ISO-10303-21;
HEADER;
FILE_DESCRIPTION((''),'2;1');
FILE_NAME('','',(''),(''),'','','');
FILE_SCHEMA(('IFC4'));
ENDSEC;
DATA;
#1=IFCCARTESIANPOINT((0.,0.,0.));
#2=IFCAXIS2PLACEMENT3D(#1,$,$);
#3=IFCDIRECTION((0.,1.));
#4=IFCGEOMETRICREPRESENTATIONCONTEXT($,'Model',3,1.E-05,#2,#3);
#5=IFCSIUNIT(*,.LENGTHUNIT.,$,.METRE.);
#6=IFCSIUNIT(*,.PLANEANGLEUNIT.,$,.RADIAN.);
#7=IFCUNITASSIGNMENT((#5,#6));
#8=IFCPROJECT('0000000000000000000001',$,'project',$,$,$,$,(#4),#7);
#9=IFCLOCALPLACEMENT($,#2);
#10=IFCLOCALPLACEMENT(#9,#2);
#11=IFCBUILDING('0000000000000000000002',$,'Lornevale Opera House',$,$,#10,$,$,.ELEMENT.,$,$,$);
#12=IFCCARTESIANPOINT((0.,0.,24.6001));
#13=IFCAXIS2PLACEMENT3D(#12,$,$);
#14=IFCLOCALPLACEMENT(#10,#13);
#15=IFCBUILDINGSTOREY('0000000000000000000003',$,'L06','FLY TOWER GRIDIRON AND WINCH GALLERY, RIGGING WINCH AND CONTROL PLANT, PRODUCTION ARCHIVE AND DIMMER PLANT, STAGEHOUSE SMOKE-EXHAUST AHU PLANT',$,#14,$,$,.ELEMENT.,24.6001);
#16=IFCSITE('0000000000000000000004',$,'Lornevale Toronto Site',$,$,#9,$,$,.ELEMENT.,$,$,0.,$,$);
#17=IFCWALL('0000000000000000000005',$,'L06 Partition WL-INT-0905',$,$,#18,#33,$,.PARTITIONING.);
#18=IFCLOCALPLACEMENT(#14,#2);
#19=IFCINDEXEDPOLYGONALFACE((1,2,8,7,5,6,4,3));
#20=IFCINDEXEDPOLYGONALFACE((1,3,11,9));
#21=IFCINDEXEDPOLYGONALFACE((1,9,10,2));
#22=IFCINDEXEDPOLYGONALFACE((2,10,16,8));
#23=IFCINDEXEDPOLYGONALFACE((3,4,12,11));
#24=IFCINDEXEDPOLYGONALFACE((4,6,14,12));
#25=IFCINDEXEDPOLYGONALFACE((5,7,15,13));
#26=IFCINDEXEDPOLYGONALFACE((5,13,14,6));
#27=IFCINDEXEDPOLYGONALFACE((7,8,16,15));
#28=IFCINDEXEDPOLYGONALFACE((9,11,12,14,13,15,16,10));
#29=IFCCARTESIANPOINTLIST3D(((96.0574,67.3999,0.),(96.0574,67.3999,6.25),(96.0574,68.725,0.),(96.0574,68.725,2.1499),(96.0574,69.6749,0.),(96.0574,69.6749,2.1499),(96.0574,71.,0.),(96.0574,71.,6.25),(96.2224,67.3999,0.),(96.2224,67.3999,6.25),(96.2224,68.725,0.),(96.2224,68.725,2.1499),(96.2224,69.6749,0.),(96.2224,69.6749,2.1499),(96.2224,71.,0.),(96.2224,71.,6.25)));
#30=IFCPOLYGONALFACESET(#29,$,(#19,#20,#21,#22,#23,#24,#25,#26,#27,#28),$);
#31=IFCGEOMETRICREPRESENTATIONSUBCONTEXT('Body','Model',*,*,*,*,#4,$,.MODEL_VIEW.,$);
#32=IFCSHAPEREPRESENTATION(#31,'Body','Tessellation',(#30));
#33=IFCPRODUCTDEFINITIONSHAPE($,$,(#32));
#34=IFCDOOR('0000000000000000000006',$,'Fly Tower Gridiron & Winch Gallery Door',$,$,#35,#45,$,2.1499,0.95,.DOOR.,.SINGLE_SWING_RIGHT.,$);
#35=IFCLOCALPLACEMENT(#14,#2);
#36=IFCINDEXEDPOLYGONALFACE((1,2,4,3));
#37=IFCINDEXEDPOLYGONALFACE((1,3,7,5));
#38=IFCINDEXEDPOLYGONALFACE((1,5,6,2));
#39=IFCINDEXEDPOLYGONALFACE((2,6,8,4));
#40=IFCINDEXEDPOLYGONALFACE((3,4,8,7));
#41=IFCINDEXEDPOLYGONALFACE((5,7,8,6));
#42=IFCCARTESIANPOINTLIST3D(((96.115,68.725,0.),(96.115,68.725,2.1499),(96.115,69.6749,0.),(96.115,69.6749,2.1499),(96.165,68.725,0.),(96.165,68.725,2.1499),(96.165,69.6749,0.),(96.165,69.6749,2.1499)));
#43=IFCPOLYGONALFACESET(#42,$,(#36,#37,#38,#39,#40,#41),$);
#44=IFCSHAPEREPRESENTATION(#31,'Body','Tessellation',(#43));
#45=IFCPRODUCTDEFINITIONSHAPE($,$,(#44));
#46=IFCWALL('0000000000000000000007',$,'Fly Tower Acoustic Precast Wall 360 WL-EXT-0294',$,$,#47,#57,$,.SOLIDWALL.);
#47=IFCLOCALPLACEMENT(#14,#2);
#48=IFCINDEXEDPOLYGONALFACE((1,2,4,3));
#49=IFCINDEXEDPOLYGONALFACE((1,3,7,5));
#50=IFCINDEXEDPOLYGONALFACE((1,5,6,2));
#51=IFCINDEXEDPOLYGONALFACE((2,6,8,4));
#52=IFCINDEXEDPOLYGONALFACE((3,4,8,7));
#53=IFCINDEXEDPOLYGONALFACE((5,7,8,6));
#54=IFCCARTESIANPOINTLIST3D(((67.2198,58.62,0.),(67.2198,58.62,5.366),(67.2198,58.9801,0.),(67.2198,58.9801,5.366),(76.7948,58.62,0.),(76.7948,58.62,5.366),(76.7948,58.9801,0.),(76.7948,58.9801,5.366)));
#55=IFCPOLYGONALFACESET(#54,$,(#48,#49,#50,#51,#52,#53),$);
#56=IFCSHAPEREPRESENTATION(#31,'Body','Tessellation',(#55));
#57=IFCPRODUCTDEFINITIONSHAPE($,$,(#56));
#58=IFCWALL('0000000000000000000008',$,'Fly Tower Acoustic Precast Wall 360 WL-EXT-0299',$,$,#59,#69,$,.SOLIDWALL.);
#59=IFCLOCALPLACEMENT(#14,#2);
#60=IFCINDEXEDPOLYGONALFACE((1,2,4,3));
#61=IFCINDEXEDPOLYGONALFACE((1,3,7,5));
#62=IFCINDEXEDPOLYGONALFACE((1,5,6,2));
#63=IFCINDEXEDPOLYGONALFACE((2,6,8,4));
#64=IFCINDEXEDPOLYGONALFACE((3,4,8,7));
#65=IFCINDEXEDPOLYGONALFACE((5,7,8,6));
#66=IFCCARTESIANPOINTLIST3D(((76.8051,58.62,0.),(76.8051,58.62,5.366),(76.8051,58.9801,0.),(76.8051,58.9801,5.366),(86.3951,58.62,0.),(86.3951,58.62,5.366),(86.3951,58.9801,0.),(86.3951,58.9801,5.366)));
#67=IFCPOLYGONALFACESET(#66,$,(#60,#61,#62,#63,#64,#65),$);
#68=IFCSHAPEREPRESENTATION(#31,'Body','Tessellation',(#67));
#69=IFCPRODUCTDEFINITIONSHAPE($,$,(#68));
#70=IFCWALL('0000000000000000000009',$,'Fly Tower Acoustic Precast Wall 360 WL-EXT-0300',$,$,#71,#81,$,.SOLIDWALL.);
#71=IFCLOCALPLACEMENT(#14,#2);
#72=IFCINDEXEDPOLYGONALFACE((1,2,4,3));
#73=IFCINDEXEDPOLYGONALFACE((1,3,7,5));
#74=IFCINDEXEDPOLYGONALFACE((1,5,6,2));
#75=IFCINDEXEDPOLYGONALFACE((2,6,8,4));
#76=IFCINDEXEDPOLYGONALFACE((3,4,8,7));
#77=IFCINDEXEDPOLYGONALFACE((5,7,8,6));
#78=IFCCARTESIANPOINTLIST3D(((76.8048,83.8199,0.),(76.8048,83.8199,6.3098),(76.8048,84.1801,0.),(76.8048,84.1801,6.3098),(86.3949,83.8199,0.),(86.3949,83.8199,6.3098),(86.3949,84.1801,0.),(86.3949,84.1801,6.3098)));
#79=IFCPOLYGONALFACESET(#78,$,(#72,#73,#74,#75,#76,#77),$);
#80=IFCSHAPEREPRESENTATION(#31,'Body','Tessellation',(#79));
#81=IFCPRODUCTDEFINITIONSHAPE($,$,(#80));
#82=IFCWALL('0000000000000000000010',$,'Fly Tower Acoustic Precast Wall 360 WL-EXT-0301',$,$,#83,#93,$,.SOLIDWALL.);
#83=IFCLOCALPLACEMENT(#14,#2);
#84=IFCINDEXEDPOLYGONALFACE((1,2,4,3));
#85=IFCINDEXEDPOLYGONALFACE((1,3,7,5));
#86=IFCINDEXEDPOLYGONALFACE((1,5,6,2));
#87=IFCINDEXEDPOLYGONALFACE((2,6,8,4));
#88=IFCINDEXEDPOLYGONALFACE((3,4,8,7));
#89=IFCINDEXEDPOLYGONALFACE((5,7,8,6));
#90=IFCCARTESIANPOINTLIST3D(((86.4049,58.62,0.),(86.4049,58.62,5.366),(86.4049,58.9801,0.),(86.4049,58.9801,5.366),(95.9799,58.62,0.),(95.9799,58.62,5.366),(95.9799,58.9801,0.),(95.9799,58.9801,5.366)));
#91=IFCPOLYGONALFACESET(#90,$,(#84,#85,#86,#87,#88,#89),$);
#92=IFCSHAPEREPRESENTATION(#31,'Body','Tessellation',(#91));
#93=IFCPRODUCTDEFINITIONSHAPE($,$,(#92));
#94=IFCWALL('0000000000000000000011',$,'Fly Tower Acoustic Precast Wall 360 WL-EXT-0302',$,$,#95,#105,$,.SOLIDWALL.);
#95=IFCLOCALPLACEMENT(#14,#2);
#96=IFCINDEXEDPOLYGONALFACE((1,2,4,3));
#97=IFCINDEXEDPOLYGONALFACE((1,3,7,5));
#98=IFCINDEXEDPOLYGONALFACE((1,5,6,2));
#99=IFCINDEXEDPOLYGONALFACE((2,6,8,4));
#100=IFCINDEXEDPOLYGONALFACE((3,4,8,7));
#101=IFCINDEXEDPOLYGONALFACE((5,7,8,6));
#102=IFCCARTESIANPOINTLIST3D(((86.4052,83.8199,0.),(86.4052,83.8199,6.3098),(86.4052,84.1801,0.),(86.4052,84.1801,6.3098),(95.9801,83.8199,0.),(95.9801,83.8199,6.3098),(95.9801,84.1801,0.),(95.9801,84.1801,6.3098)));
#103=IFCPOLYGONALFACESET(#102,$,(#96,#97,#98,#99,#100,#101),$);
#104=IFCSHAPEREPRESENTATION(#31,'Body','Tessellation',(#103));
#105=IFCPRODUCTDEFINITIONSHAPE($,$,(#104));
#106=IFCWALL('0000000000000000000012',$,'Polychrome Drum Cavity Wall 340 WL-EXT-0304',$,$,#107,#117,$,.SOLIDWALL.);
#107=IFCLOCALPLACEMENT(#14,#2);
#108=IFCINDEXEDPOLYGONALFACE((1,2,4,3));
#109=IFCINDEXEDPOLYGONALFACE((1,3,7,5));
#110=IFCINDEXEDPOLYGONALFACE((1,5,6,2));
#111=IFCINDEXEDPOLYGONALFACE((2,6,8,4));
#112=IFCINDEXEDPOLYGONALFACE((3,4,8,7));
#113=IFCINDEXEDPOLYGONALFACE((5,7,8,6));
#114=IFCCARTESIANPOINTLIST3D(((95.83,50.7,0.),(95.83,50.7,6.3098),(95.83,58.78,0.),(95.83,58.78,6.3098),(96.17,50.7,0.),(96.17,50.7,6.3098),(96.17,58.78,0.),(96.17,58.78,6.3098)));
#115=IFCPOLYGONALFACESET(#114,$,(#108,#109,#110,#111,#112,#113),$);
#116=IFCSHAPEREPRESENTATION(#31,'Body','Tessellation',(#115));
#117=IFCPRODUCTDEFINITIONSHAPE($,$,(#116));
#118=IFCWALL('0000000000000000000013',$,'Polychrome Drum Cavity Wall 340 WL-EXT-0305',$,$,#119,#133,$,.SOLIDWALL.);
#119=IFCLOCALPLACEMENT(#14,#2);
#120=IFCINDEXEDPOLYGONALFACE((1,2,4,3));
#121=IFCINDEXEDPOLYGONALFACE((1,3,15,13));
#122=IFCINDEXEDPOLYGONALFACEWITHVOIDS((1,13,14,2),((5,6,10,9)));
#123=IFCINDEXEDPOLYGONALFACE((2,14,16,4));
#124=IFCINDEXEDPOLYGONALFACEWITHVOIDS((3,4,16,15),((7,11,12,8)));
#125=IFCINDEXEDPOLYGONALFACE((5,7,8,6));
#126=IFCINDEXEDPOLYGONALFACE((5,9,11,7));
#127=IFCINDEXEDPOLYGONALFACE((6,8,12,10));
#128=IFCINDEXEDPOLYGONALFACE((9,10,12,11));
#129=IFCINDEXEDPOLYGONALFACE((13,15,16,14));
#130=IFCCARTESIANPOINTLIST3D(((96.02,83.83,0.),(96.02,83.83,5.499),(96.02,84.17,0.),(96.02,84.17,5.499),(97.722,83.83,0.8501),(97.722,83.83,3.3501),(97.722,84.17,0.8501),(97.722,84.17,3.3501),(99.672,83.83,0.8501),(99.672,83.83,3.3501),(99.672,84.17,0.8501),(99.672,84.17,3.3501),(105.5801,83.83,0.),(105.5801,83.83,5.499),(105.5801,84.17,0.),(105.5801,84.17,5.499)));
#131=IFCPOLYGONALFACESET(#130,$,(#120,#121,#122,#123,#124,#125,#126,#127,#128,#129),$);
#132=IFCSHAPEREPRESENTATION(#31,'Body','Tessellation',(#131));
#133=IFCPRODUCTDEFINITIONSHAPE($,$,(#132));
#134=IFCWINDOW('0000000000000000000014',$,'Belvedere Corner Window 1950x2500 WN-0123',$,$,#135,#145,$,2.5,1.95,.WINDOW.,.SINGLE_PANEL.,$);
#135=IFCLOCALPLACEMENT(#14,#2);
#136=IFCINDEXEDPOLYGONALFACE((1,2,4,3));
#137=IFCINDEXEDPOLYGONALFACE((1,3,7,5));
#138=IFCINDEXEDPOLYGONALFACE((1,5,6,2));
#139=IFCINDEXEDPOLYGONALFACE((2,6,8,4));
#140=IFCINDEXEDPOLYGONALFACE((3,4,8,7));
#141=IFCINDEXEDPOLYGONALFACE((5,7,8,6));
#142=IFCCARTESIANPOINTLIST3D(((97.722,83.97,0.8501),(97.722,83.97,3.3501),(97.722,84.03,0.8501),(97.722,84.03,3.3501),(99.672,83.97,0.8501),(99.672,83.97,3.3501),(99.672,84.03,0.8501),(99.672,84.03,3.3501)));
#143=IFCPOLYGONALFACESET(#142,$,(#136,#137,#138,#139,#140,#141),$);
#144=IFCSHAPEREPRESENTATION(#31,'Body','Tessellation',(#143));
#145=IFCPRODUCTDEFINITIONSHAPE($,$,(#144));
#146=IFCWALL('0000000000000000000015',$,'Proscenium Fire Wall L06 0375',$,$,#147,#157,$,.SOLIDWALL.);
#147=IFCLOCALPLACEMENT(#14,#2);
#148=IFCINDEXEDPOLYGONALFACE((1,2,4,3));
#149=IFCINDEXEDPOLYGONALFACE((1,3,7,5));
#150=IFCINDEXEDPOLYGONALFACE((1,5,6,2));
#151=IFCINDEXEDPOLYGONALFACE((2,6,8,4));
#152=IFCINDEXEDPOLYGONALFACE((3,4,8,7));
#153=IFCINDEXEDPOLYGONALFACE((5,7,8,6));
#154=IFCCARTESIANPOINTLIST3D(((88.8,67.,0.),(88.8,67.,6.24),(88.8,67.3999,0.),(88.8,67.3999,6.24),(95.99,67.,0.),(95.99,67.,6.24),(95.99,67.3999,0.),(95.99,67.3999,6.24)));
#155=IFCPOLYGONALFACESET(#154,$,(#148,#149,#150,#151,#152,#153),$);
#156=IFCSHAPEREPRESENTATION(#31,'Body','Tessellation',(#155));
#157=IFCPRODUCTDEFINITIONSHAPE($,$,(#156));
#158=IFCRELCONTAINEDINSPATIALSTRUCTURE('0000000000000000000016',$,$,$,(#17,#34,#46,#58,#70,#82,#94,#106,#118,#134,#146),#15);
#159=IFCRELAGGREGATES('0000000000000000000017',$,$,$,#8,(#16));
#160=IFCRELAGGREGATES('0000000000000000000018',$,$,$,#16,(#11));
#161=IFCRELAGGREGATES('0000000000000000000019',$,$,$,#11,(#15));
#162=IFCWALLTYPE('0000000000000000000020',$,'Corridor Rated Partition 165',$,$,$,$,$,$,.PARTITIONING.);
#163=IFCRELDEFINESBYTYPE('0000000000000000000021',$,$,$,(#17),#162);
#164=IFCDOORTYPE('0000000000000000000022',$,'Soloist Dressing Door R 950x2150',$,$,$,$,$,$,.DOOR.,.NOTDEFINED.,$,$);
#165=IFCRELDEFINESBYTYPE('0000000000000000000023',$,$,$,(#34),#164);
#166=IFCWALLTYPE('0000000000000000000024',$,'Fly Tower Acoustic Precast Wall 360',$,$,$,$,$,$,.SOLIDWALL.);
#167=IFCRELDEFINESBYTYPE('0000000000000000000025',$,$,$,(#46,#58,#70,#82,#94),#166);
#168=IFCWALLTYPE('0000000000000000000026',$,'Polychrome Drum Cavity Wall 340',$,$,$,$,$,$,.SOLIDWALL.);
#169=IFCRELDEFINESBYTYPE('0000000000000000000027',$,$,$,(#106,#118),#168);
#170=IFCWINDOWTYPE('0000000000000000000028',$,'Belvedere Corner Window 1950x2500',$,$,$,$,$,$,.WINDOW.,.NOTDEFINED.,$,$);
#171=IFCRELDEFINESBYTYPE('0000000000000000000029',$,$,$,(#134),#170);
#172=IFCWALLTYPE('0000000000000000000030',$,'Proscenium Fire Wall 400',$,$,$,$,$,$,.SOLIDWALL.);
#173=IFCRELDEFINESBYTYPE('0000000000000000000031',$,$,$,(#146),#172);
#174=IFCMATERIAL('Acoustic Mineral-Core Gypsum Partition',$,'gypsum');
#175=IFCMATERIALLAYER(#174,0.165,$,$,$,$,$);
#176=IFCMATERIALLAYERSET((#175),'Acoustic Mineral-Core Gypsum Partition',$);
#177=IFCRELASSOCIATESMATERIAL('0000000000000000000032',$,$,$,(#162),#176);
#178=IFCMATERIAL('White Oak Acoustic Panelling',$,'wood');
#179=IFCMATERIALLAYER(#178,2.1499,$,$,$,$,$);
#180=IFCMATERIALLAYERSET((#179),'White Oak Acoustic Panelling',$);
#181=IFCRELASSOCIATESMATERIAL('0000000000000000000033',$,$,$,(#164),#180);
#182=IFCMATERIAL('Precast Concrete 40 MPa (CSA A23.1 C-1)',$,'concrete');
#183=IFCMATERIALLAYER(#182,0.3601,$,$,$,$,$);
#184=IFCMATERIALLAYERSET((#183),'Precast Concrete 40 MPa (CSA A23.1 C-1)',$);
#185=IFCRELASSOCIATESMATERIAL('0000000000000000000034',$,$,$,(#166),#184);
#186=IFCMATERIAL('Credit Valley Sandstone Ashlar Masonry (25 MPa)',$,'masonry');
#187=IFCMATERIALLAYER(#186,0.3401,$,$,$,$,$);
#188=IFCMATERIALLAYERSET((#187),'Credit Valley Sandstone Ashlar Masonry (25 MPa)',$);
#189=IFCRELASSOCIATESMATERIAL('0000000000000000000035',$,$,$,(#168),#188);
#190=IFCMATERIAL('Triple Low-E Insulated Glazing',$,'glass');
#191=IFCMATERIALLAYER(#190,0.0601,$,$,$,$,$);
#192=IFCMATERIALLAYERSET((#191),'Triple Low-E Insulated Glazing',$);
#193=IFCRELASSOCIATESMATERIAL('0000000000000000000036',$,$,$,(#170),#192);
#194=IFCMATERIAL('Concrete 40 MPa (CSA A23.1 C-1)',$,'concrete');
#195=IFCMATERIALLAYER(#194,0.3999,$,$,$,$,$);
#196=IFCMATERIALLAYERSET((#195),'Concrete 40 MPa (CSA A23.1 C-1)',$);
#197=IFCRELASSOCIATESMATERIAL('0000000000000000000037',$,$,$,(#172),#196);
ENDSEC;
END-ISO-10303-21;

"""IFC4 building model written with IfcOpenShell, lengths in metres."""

from ifc_helpers import new_model, si_unit, direction, frame, frame_2d, origin, place, context, subcontext, project, spatial, rectangle, extrude, material, layer, layer_set, type_object, element, fill, save


model = new_model("IFC4")

# Units and contexts
model_context = context("Model", 3, precision=1e-05, world=origin(), true_north=direction((0.0, 1.0)))
body_context = subcontext(model_context, "Body", "Model", "MODEL_VIEW")
ifc_project = project(units=[si_unit("LENGTHUNIT", "METRE"), si_unit("PLANEANGLEUNIT", "RADIAN")], contexts=[model_context])

# Site, building, storey
site_placement = place(None, origin())
site = spatial("IfcSite", under=ifc_project, at=site_placement, Name="Lornevale Toronto Site", CompositionType="ELEMENT", RefElevation=0.0)
building_placement = place(site_placement, origin())
building = spatial("IfcBuilding", under=site, at=building_placement, Name="Lornevale Opera House", CompositionType="ELEMENT")
storey_placement = place(building_placement, frame((0.0, 0.0, 24.6001)))
storey = spatial("IfcBuildingStorey", under=building, at=storey_placement, Name="L06", Description="FLY TOWER GRIDIRON AND WINCH GALLERY, RIGGING WINCH AND CONTROL PLANT, PRODUCTION ARCHIVE AND DIMMER PLANT, STAGEHOUSE SMOKE-EXHAUST AHU PLANT", CompositionType="ELEMENT", Elevation=24.6001)

# Wall, opening, door
ifc_material_1 = material(Name="Acoustic Mineral-Core Gypsum Partition", Category="gypsum")
ifc_layer_1 = layer(ifc_material_1, 0.165)
ifc_layer_set_1 = layer_set([ifc_layer_1], Name="Acoustic Mineral-Core Gypsum Partition")
wall_type_1 = type_object("IfcWallType", Name="Corridor Rated Partition 165", PredefinedType="PARTITIONING", material=ifc_layer_set_1)
wall_1_placement = place(storey_placement, frame((96.1399, 67.3999, 0.0), z_axis=(0.0, 0.0, 1.0), x_axis=(0.0, 1.0, 0.0)))
wall_1 = element("IfcWall", 1, at=wall_1_placement, inside=storey, type_object=wall_type_1, Name="L06 Partition WL-INT-0905", PredefinedType="PARTITIONING", context=body_context, shape_type="SweptSolid", body=[
    extrude(rectangle(XDim=3.6001, YDim=0.165, at=frame_2d((1.8, 0.0))), origin(), (0.0, 0.0, 1.0), 6.25),
])
opening_1_placement = place(wall_1_placement, frame((1.325, 0.0, 0.0)))
opening_1 = element("IfcOpeningElement", 2, at=opening_1_placement, cuts=wall_1, PredefinedType="OPENING", context=body_context, shape_type="SweptSolid", body=[
    extrude(rectangle(XDim=0.95, YDim=2.1499, at=frame_2d((0.4751, 1.075))), frame((0.0, 0.0925, 0.0), z_axis=(0.0, -1.0, 0.0), x_axis=(1.0, 0.0, 0.0)), (0.0, 0.0, 1.0), 0.1851),
])
ifc_material_2 = material(Name="White Oak Acoustic Panelling", Category="wood")
ifc_layer_2 = layer(ifc_material_2, 2.1499)
ifc_layer_set_2 = layer_set([ifc_layer_2], Name="White Oak Acoustic Panelling")
door_type = type_object("IfcDoorType", Name="Soloist Dressing Door R 950x2150", OperationType="NOTDEFINED", PredefinedType="DOOR", material=ifc_layer_set_2)
door_placement = place(opening_1_placement, origin())
door = element("IfcDoor", 3, at=door_placement, inside=storey, type_object=door_type, Name="Fly Tower Gridiron & Winch Gallery Door", OperationType="SINGLE_SWING_RIGHT", OverallHeight=2.1499, OverallWidth=0.95, PredefinedType="DOOR", context=body_context, shape_type="SweptSolid", body=[
    extrude(rectangle(XDim=0.95, YDim=2.1499, at=frame_2d((0.4751, 1.075))), frame((0.0, 0.0249, 0.0), z_axis=(0.0, -1.0, 0.0), x_axis=(1.0, 0.0, 0.0)), (0.0, 0.0, 1.0), 0.05),
])
fill(opening_1, door)

# Walls
ifc_material_3 = material(Name="Precast Concrete 40 MPa (CSA A23.1 C-1)", Category="concrete")
ifc_layer_3 = layer(ifc_material_3, 0.3601)
ifc_layer_set_3 = layer_set([ifc_layer_3], Name="Precast Concrete 40 MPa (CSA A23.1 C-1)")
wall_type_2 = type_object("IfcWallType", Name="Fly Tower Acoustic Precast Wall 360", PredefinedType="SOLIDWALL", material=ifc_layer_set_3)
wall_2_placement = place(storey_placement, frame((76.7949, 58.8, 0.0), z_axis=(0.0, 0.0, 1.0), x_axis=(-1.0, 0.0, 0.0)))
element("IfcWall", 4, at=wall_2_placement, inside=storey, type_object=wall_type_2, Name="Fly Tower Acoustic Precast Wall 360 WL-EXT-0294", PredefinedType="SOLIDWALL", context=body_context, shape_type="SweptSolid", body=[
    extrude(rectangle(XDim=9.575, YDim=0.3601, at=frame_2d((4.7876, 0.0))), origin(), (0.0, 0.0, 1.0), 5.366),
])
wall_3_placement = place(storey_placement, frame((86.395, 58.8, 0.0), z_axis=(0.0, 0.0, 1.0), x_axis=(-1.0, 0.0, 0.0)))
element("IfcWall", 5, at=wall_3_placement, inside=storey, type_object=wall_type_2, Name="Fly Tower Acoustic Precast Wall 360 WL-EXT-0299", PredefinedType="SOLIDWALL", context=body_context, shape_type="SweptSolid", body=[
    extrude(rectangle(XDim=9.5901, YDim=0.3601, at=frame_2d((4.7949, 0.0))), origin(), (0.0, 0.0, 1.0), 5.366),
])
wall_4_placement = place(storey_placement, frame((76.8049, 84.0, 0.0), z_axis=(0.0, 0.0, 1.0), x_axis=(1.0, 0.0, 0.0)))
element("IfcWall", 6, at=wall_4_placement, inside=storey, type_object=wall_type_2, Name="Fly Tower Acoustic Precast Wall 360 WL-EXT-0300", PredefinedType="SOLIDWALL", context=body_context, shape_type="SweptSolid", body=[
    extrude(rectangle(XDim=9.5901, YDim=0.3601, at=frame_2d((4.7949, 0.0))), origin(), (0.0, 0.0, 1.0), 6.3098),
])
wall_5_placement = place(storey_placement, frame((95.98, 58.8, 0.0), z_axis=(0.0, 0.0, 1.0), x_axis=(-1.0, 0.0, 0.0)))
element("IfcWall", 7, at=wall_5_placement, inside=storey, type_object=wall_type_2, Name="Fly Tower Acoustic Precast Wall 360 WL-EXT-0301", PredefinedType="SOLIDWALL", context=body_context, shape_type="SweptSolid", body=[
    extrude(rectangle(XDim=9.575, YDim=0.3601, at=frame_2d((4.7876, 0.0))), origin(), (0.0, 0.0, 1.0), 5.366),
])
wall_6_placement = place(storey_placement, frame((86.405, 84.0, 0.0), z_axis=(0.0, 0.0, 1.0), x_axis=(1.0, 0.0, 0.0)))
element("IfcWall", 8, at=wall_6_placement, inside=storey, type_object=wall_type_2, Name="Fly Tower Acoustic Precast Wall 360 WL-EXT-0302", PredefinedType="SOLIDWALL", context=body_context, shape_type="SweptSolid", body=[
    extrude(rectangle(XDim=9.575, YDim=0.3601, at=frame_2d((4.7876, 0.0))), origin(), (0.0, 0.0, 1.0), 6.3098),
])
ifc_material_4 = material(Name="Credit Valley Sandstone Ashlar Masonry (25 MPa)", Category="masonry")
ifc_layer_4 = layer(ifc_material_4, 0.3401)
ifc_layer_set_4 = layer_set([ifc_layer_4], Name="Credit Valley Sandstone Ashlar Masonry (25 MPa)")
wall_type_3 = type_object("IfcWallType", Name="Polychrome Drum Cavity Wall 340", PredefinedType="SOLIDWALL", material=ifc_layer_set_4)
wall_7_placement = place(storey_placement, frame((96.0, 50.7, 0.0), z_axis=(0.0, 0.0, 1.0), x_axis=(0.0, 1.0, 0.0)))
element("IfcWall", 9, at=wall_7_placement, inside=storey, type_object=wall_type_3, Name="Polychrome Drum Cavity Wall 340 WL-EXT-0304", PredefinedType="SOLIDWALL", context=body_context, shape_type="SweptSolid", body=[
    extrude(rectangle(XDim=8.0801, YDim=0.3401, at=frame_2d((4.04, 0.0))), origin(), (0.0, 0.0, 1.0), 6.3098),
])

# Wall, opening, window
wall_8_placement = place(storey_placement, frame((96.02, 84.0, 0.0), z_axis=(0.0, 0.0, 1.0), x_axis=(1.0, 0.0, 0.0)))
wall_8 = element("IfcWall", 10, at=wall_8_placement, inside=storey, type_object=wall_type_3, Name="Polychrome Drum Cavity Wall 340 WL-EXT-0305", PredefinedType="SOLIDWALL", context=body_context, shape_type="SweptSolid", body=[
    extrude(rectangle(XDim=9.5601, YDim=0.3401, at=frame_2d((4.78, 0.0))), origin(), (0.0, 0.0, 1.0), 5.499),
])
opening_2_placement = place(wall_8_placement, frame((1.7019, 0.0, 0.8501)))
opening_2 = element("IfcOpeningElement", 11, at=opening_2_placement, cuts=wall_8, PredefinedType="OPENING", context=body_context, shape_type="SweptSolid", body=[
    extrude(rectangle(XDim=1.95, YDim=2.5, at=frame_2d((0.9751, 1.25))), frame((0.0, 0.1799, 0.0), z_axis=(0.0, -1.0, 0.0), x_axis=(1.0, 0.0, 0.0)), (0.0, 0.0, 1.0), 0.3601),
])
ifc_material_5 = material(Name="Triple Low-E Insulated Glazing", Category="glass")
ifc_layer_5 = layer(ifc_material_5, 0.0601)
ifc_layer_set_5 = layer_set([ifc_layer_5], Name="Triple Low-E Insulated Glazing")
window_type = type_object("IfcWindowType", Name="Belvedere Corner Window 1950x2500", PartitioningType="NOTDEFINED", PredefinedType="WINDOW", material=ifc_layer_set_5)
window_placement = place(opening_2_placement, origin())
window = element("IfcWindow", 12, at=window_placement, inside=storey, type_object=window_type, Name="Belvedere Corner Window 1950x2500 WN-0123", OverallHeight=2.5, OverallWidth=1.95, PartitioningType="SINGLE_PANEL", PredefinedType="WINDOW", context=body_context, shape_type="SweptSolid", body=[
    extrude(rectangle(XDim=1.95, YDim=2.5, at=frame_2d((0.9751, 1.25))), frame((0.0, 0.03, 0.0), z_axis=(0.0, -1.0, 0.0), x_axis=(1.0, 0.0, 0.0)), (0.0, 0.0, 1.0), 0.0601),
])
fill(opening_2, window)

# Wall
ifc_material_6 = material(Name="Concrete 40 MPa (CSA A23.1 C-1)", Category="concrete")
ifc_layer_6 = layer(ifc_material_6, 0.3999)
ifc_layer_set_6 = layer_set([ifc_layer_6], Name="Concrete 40 MPa (CSA A23.1 C-1)")
wall_type_4 = type_object("IfcWallType", Name="Proscenium Fire Wall 400", PredefinedType="SOLIDWALL", material=ifc_layer_set_6)
wall_9_placement = place(storey_placement, frame((88.8, 67.2, 0.0), z_axis=(0.0, 0.0, 1.0), x_axis=(1.0, 0.0, 0.0)))
element("IfcWall", 13, at=wall_9_placement, inside=storey, type_object=wall_type_4, Name="Proscenium Fire Wall L06 0375", PredefinedType="SOLIDWALL", context=body_context, shape_type="SweptSolid", body=[
    extrude(rectangle(XDim=7.1899, YDim=0.3999, at=frame_2d((3.595, 0.0))), origin(), (0.0, 0.0, 1.0), 6.24),
])

save(model, "model.ifc")
